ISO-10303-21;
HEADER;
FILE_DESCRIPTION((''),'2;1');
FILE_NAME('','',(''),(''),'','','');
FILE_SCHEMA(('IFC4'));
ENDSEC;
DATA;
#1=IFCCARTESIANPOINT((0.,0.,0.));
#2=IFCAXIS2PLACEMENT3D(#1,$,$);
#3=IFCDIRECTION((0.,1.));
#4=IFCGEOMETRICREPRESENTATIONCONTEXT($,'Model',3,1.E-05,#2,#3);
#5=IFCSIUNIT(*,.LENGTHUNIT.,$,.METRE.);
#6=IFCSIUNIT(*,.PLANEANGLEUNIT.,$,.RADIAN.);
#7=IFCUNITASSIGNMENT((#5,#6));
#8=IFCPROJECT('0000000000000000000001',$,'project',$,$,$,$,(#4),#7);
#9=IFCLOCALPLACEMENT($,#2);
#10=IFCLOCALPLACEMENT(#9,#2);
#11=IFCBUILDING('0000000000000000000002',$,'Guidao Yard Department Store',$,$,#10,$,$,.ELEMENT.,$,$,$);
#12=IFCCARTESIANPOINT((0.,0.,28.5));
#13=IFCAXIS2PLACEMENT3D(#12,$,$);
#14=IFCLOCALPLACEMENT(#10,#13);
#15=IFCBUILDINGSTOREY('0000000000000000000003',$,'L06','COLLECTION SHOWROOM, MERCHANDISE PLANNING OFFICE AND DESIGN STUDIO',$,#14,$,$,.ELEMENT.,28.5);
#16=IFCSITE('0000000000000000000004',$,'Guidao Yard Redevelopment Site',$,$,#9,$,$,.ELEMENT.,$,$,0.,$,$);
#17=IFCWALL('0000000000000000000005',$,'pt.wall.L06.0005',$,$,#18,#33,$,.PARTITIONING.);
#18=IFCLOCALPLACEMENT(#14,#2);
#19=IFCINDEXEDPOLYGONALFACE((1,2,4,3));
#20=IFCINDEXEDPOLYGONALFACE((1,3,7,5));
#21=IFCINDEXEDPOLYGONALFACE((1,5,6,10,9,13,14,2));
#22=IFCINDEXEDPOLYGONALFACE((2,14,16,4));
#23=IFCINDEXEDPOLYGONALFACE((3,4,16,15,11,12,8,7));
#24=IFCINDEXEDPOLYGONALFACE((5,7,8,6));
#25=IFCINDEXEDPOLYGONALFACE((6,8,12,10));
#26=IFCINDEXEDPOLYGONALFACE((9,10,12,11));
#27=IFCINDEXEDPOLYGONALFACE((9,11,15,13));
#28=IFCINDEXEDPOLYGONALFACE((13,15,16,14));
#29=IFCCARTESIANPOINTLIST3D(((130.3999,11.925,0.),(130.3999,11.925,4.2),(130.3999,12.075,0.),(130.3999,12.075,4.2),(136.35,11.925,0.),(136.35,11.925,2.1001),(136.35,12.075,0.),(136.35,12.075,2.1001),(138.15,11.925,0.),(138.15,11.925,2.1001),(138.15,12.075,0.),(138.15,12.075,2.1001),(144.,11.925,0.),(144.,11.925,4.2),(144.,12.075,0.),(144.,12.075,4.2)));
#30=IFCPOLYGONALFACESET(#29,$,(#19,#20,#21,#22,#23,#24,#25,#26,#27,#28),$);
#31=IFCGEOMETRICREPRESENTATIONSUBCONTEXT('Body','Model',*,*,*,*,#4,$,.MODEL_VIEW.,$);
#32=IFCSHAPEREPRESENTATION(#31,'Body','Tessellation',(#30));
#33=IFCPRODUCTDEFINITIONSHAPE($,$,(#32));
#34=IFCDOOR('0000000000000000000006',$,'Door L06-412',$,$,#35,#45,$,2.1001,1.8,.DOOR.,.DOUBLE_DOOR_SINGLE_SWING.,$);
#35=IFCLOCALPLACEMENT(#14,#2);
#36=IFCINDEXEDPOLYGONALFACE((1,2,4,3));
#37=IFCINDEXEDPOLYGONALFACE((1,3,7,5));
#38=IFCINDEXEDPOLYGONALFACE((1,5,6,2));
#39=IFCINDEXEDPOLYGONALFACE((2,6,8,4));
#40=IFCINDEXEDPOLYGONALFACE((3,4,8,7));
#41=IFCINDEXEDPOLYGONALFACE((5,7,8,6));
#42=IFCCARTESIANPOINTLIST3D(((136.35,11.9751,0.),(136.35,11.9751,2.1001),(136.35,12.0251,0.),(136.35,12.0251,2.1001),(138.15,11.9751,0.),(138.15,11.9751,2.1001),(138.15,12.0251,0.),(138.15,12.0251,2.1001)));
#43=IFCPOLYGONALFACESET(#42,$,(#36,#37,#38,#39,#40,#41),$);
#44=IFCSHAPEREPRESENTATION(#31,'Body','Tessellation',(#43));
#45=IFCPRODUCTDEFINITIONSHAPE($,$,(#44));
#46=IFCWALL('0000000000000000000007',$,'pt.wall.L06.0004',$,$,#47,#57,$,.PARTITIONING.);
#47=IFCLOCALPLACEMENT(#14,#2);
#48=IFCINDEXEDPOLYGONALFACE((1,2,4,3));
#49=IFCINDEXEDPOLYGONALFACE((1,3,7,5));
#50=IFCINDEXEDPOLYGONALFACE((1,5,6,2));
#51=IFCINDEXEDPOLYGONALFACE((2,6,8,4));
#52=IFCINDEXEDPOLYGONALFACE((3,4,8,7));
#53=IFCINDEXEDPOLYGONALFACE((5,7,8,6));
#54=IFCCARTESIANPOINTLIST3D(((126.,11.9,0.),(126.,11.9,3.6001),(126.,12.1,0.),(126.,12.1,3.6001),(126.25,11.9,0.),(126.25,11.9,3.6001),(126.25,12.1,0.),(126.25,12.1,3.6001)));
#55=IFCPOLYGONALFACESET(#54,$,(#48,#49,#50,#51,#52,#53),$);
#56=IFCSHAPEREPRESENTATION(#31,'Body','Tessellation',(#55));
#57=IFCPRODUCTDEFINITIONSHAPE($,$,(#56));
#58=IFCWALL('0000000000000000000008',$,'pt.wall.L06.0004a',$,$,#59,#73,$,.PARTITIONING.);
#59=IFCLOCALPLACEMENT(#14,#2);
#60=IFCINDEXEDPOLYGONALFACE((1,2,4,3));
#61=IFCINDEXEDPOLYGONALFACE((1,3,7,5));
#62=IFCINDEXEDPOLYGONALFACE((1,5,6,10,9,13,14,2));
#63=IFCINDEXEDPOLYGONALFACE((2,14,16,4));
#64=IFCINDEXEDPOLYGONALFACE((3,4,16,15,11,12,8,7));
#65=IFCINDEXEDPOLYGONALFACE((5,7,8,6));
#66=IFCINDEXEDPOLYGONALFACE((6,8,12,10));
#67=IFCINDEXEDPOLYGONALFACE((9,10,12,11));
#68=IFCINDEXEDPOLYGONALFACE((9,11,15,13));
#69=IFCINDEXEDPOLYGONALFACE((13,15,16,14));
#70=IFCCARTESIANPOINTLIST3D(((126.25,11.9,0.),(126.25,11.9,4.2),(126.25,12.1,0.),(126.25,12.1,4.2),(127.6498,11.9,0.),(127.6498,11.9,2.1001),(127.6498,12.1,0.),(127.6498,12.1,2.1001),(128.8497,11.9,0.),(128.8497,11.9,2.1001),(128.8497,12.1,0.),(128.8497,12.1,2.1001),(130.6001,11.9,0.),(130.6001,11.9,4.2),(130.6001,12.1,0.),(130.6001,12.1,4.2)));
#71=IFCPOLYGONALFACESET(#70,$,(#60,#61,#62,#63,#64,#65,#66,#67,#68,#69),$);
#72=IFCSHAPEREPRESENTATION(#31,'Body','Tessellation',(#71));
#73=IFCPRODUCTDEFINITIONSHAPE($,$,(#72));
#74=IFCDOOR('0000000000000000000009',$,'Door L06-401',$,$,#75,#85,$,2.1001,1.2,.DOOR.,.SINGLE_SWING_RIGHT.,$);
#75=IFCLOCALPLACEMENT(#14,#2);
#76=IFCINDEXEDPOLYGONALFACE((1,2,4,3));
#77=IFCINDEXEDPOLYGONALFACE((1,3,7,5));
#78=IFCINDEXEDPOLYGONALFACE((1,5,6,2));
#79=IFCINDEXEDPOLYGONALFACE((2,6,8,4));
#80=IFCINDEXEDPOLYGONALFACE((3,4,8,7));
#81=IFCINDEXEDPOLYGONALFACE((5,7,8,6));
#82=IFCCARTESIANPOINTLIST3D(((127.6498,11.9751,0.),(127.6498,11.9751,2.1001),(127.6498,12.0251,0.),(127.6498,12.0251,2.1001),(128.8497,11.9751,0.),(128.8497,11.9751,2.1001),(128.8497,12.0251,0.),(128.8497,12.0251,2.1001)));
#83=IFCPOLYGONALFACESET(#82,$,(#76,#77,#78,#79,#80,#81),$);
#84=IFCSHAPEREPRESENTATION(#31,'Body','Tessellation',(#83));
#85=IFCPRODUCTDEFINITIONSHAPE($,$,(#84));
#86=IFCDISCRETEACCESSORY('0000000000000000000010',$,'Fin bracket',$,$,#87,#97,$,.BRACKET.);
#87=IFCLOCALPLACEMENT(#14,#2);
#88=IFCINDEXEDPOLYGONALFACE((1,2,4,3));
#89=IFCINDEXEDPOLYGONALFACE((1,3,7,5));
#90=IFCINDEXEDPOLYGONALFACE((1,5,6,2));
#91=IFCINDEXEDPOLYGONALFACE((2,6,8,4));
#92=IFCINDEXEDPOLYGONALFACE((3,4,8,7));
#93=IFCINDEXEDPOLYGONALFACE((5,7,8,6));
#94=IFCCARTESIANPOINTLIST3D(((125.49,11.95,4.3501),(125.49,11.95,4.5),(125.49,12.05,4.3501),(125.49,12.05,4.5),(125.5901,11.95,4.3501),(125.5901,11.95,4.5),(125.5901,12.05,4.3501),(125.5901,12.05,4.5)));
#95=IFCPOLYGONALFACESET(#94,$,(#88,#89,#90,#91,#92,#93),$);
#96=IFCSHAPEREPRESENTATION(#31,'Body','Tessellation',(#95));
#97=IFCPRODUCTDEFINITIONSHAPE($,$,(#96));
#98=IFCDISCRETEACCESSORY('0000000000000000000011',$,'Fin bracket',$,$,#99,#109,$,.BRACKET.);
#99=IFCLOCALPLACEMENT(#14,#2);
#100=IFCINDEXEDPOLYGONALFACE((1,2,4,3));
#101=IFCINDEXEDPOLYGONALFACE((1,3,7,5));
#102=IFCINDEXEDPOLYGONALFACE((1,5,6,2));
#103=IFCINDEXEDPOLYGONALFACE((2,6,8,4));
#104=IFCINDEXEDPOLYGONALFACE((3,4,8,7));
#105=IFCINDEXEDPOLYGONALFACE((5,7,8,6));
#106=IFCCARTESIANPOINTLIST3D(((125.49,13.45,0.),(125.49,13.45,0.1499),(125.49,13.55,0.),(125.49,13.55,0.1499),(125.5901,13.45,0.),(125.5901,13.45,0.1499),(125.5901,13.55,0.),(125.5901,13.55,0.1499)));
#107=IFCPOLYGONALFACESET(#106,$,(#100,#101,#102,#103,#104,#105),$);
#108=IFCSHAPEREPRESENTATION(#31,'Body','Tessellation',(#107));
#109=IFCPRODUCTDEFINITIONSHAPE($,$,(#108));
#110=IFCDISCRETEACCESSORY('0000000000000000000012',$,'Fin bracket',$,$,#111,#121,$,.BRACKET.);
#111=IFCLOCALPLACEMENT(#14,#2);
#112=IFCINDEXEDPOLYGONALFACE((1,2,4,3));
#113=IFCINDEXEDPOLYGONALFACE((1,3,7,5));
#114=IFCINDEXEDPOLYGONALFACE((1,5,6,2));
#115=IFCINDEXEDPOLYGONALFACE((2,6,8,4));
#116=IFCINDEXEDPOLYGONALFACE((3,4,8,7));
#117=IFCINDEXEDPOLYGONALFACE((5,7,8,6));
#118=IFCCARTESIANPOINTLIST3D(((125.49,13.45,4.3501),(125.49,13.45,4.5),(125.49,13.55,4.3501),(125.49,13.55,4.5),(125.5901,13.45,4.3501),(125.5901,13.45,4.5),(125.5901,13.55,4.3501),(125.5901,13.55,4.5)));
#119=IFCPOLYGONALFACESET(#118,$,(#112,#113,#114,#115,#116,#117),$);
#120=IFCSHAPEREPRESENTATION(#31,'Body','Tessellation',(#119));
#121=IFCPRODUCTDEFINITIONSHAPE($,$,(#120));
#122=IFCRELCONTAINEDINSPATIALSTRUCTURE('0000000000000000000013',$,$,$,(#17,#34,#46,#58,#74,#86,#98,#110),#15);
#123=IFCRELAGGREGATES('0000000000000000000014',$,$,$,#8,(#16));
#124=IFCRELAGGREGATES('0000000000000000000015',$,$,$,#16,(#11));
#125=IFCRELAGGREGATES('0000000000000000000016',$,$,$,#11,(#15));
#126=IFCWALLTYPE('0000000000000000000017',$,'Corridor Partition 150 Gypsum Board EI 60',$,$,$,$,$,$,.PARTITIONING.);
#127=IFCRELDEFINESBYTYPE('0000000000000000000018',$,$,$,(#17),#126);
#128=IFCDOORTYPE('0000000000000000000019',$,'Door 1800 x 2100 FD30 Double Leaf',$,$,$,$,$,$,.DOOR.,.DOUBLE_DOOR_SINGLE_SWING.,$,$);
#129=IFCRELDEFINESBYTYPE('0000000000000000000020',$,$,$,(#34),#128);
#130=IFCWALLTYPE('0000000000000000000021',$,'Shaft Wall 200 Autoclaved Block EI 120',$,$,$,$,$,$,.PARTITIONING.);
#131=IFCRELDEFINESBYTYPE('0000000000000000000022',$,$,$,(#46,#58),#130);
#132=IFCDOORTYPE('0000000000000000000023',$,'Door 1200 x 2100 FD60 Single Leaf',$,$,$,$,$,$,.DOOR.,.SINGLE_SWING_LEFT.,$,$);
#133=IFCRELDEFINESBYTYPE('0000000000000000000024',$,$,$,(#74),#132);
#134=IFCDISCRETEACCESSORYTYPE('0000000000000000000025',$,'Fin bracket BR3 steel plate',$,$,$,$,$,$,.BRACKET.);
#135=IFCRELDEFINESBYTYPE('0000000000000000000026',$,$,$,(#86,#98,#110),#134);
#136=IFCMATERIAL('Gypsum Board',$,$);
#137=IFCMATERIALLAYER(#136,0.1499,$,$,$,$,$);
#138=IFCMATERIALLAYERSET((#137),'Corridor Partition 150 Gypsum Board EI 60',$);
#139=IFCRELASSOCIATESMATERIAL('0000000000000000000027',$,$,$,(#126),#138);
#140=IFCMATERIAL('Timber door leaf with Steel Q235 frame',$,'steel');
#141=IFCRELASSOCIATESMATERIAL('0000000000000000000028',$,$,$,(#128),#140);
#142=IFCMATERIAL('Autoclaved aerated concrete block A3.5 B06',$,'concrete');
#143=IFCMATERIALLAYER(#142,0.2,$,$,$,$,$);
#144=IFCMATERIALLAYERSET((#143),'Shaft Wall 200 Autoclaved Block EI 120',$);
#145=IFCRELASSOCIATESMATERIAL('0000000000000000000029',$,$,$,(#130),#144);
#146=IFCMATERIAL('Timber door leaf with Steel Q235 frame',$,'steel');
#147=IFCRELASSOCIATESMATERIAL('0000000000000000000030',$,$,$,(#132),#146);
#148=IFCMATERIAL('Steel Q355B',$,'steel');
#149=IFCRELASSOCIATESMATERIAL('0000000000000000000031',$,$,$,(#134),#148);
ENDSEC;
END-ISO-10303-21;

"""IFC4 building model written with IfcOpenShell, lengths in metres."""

from ifc_helpers import new_model, si_unit, direction, frame, frame_2d, origin, origin_2d, place, context, subcontext, project, spatial, rectangle, extrude, material, layer, layer_set, type_object, element, fill, save


model = new_model("IFC4")

# Units and contexts
model_context = context("Model", 3, precision=1e-05, world=origin(), true_north=direction((0.0, 1.0)))
body_context = subcontext(model_context, "Body", "Model", "MODEL_VIEW")
ifc_project = project(units=[si_unit("LENGTHUNIT", "METRE"), si_unit("PLANEANGLEUNIT", "RADIAN")], contexts=[model_context])

# Site, building, storey
site_placement = place(None, origin())
site = spatial("IfcSite", under=ifc_project, at=site_placement, Name="Guidao Yard Redevelopment Site", CompositionType="ELEMENT", RefElevation=0.0)
building_placement = place(site_placement, origin())
building = spatial("IfcBuilding", under=site, at=building_placement, Name="Guidao Yard Department Store", CompositionType="ELEMENT")
storey_placement = place(building_placement, frame((0.0, 0.0, 28.5)))
storey = spatial("IfcBuildingStorey", under=building, at=storey_placement, Name="L06", Description="COLLECTION SHOWROOM, MERCHANDISE PLANNING OFFICE AND DESIGN STUDIO", CompositionType="ELEMENT", Elevation=28.5)

# Wall, opening, door
ifc_material_1 = material(Name="Gypsum Board")
ifc_layer_1 = layer(ifc_material_1, 0.1499)
ifc_layer_set_1 = layer_set([ifc_layer_1], Name="Corridor Partition 150 Gypsum Board EI 60")
wall_type_1 = type_object("IfcWallType", Name="Corridor Partition 150 Gypsum Board EI 60", PredefinedType="PARTITIONING", material=ifc_layer_set_1)
wall_1_placement = place(storey_placement, frame((130.3999, 12.0, 0.0), z_axis=(0.0, 0.0, 1.0), x_axis=(1.0, 0.0, 0.0)))
wall_1 = element("IfcWall", 1, at=wall_1_placement, inside=storey, type_object=wall_type_1, Name="pt.wall.L06.0005", PredefinedType="PARTITIONING", context=body_context, shape_type="SweptSolid", body=[
    extrude(rectangle(XDim=13.6001, YDim=0.1499, at=frame_2d((6.8, 0.0))), origin(), (0.0, 0.0, 1.0), 4.2),
])
opening_1_placement = place(wall_1_placement, frame((7.75, 0.0, 0.0), z_axis=(0.0, 0.0, 1.0), x_axis=(-1.0, 0.0, 0.0)))
opening_1 = element("IfcOpeningElement", 2, at=opening_1_placement, cuts=wall_1, PredefinedType="OPENING", context=body_context, shape_type="SweptSolid", body=[
    extrude(rectangle(XDim=1.8, YDim=2.1001, at=frame_2d((0.8999, 1.05))), frame((0.0, 0.085, 0.0), z_axis=(0.0, -1.0, 0.0), x_axis=(1.0, 0.0, 0.0)), (0.0, 0.0, 1.0), 0.1699),
])
ifc_material_2 = material(Name="Timber door leaf with Steel Q235 frame", Category="steel")
door_type_1 = type_object("IfcDoorType", Name="Door 1800 x 2100 FD30 Double Leaf", OperationType="DOUBLE_DOOR_SINGLE_SWING", PredefinedType="DOOR", material=ifc_material_2)
door_1_placement = place(opening_1_placement, origin())
door_1 = element("IfcDoor", 3, at=door_1_placement, inside=storey, type_object=door_type_1, Name="Door L06-412", OperationType="DOUBLE_DOOR_SINGLE_SWING", OverallHeight=2.1001, OverallWidth=1.8, PredefinedType="DOOR", context=body_context, shape_type="SweptSolid", body=[
    extrude(rectangle(XDim=1.8, YDim=2.1001, at=frame_2d((0.8999, 1.05))), frame((0.0, 0.0249, 0.0), z_axis=(0.0, -1.0, 0.0), x_axis=(1.0, 0.0, 0.0)), (0.0, 0.0, 1.0), 0.05),
])
fill(opening_1, door_1)

# Wall
ifc_material_3 = material(Name="Autoclaved aerated concrete block A3.5 B06", Category="concrete")
ifc_layer_2 = layer(ifc_material_3, 0.2)
ifc_layer_set_2 = layer_set([ifc_layer_2], Name="Shaft Wall 200 Autoclaved Block EI 120")
wall_type_2 = type_object("IfcWallType", Name="Shaft Wall 200 Autoclaved Block EI 120", PredefinedType="PARTITIONING", material=ifc_layer_set_2)
wall_2_placement = place(storey_placement, frame((126.0, 12.0, 0.0), z_axis=(0.0, 0.0, 1.0), x_axis=(1.0, 0.0, 0.0)))
element("IfcWall", 4, at=wall_2_placement, inside=storey, type_object=wall_type_2, Name="pt.wall.L06.0004", PredefinedType="PARTITIONING", context=body_context, shape_type="SweptSolid", body=[
    extrude(rectangle(XDim=0.25, YDim=0.2, at=frame_2d((0.125, 0.0))), origin(), (0.0, 0.0, 1.0), 3.6001),
])

# Wall, opening, door
wall_3_placement = place(storey_placement, frame((126.25, 12.0, 0.0), z_axis=(0.0, 0.0, 1.0), x_axis=(1.0, 0.0, 0.0)))
wall_3 = element("IfcWall", 5, at=wall_3_placement, inside=storey, type_object=wall_type_2, Name="pt.wall.L06.0004a", PredefinedType="PARTITIONING", context=body_context, shape_type="SweptSolid", body=[
    extrude(rectangle(XDim=4.3501, YDim=0.2, at=frame_2d((2.175, 0.0))), origin(), (0.0, 0.0, 1.0), 4.2),
])
opening_2_placement = place(wall_3_placement, frame((2.5999, 0.0, 0.0), z_axis=(0.0, 0.0, 1.0), x_axis=(-1.0, 0.0, 0.0)))
opening_2 = element("IfcOpeningElement", 6, at=opening_2_placement, cuts=wall_3, PredefinedType="OPENING", context=body_context, shape_type="SweptSolid", body=[
    extrude(rectangle(XDim=1.2, YDim=2.1001, at=frame_2d((0.6001, 1.05))), frame((0.0, 0.1099, 0.0), z_axis=(0.0, -1.0, 0.0), x_axis=(1.0, 0.0, 0.0)), (0.0, 0.0, 1.0), 0.22),
])
ifc_material_4 = material(Name="Timber door leaf with Steel Q235 frame", Category="steel")
door_type_2 = type_object("IfcDoorType", Name="Door 1200 x 2100 FD60 Single Leaf", OperationType="SINGLE_SWING_LEFT", PredefinedType="DOOR", material=ifc_material_4)
door_2_placement = place(opening_2_placement, origin())
door_2 = element("IfcDoor", 7, at=door_2_placement, inside=storey, type_object=door_type_2, Name="Door L06-401", OperationType="SINGLE_SWING_RIGHT", OverallHeight=2.1001, OverallWidth=1.2, PredefinedType="DOOR", context=body_context, shape_type="SweptSolid", body=[
    extrude(rectangle(XDim=1.2, YDim=2.1001, at=frame_2d((0.6001, 1.05))), frame((0.0, 0.0249, 0.0), z_axis=(0.0, -1.0, 0.0), x_axis=(1.0, 0.0, 0.0)), (0.0, 0.0, 1.0), 0.05),
])
fill(opening_2, door_2)

# Discrete accessories
ifc_material_5 = material(Name="Steel Q355B", Category="steel")
discrete_accessory_type = type_object("IfcDiscreteAccessoryType", Name="Fin bracket BR3 steel plate", PredefinedType="BRACKET", material=ifc_material_5)
for number, where, z_axis, x_axis, name in (
    (8, (125.54, 12.0, 4.3501), (0.0, 0.0, 1.0), (0.0, 1.0, 0.0), "Fin bracket"),
    (9, (125.54, 13.5, 0.0), (0.0, 0.0, 1.0), (0.0, 1.0, 0.0), "Fin bracket"),
    (10, (125.54, 13.5, 4.3501), (0.0, 0.0, 1.0), (0.0, 1.0, 0.0), "Fin bracket"),
):
    element("IfcDiscreteAccessory", number, at=place(storey_placement, frame(where, z_axis=z_axis, x_axis=x_axis)), inside=storey, type_object=discrete_accessory_type, Name=name, PredefinedType="BRACKET", context=body_context, shape_type="SweptSolid", body=[
        extrude(rectangle(XDim=0.1001, YDim=0.1001, at=origin_2d()), origin(), (0.0, 0.0, 1.0), 0.1499),
    ])

save(model, "model.ifc")
